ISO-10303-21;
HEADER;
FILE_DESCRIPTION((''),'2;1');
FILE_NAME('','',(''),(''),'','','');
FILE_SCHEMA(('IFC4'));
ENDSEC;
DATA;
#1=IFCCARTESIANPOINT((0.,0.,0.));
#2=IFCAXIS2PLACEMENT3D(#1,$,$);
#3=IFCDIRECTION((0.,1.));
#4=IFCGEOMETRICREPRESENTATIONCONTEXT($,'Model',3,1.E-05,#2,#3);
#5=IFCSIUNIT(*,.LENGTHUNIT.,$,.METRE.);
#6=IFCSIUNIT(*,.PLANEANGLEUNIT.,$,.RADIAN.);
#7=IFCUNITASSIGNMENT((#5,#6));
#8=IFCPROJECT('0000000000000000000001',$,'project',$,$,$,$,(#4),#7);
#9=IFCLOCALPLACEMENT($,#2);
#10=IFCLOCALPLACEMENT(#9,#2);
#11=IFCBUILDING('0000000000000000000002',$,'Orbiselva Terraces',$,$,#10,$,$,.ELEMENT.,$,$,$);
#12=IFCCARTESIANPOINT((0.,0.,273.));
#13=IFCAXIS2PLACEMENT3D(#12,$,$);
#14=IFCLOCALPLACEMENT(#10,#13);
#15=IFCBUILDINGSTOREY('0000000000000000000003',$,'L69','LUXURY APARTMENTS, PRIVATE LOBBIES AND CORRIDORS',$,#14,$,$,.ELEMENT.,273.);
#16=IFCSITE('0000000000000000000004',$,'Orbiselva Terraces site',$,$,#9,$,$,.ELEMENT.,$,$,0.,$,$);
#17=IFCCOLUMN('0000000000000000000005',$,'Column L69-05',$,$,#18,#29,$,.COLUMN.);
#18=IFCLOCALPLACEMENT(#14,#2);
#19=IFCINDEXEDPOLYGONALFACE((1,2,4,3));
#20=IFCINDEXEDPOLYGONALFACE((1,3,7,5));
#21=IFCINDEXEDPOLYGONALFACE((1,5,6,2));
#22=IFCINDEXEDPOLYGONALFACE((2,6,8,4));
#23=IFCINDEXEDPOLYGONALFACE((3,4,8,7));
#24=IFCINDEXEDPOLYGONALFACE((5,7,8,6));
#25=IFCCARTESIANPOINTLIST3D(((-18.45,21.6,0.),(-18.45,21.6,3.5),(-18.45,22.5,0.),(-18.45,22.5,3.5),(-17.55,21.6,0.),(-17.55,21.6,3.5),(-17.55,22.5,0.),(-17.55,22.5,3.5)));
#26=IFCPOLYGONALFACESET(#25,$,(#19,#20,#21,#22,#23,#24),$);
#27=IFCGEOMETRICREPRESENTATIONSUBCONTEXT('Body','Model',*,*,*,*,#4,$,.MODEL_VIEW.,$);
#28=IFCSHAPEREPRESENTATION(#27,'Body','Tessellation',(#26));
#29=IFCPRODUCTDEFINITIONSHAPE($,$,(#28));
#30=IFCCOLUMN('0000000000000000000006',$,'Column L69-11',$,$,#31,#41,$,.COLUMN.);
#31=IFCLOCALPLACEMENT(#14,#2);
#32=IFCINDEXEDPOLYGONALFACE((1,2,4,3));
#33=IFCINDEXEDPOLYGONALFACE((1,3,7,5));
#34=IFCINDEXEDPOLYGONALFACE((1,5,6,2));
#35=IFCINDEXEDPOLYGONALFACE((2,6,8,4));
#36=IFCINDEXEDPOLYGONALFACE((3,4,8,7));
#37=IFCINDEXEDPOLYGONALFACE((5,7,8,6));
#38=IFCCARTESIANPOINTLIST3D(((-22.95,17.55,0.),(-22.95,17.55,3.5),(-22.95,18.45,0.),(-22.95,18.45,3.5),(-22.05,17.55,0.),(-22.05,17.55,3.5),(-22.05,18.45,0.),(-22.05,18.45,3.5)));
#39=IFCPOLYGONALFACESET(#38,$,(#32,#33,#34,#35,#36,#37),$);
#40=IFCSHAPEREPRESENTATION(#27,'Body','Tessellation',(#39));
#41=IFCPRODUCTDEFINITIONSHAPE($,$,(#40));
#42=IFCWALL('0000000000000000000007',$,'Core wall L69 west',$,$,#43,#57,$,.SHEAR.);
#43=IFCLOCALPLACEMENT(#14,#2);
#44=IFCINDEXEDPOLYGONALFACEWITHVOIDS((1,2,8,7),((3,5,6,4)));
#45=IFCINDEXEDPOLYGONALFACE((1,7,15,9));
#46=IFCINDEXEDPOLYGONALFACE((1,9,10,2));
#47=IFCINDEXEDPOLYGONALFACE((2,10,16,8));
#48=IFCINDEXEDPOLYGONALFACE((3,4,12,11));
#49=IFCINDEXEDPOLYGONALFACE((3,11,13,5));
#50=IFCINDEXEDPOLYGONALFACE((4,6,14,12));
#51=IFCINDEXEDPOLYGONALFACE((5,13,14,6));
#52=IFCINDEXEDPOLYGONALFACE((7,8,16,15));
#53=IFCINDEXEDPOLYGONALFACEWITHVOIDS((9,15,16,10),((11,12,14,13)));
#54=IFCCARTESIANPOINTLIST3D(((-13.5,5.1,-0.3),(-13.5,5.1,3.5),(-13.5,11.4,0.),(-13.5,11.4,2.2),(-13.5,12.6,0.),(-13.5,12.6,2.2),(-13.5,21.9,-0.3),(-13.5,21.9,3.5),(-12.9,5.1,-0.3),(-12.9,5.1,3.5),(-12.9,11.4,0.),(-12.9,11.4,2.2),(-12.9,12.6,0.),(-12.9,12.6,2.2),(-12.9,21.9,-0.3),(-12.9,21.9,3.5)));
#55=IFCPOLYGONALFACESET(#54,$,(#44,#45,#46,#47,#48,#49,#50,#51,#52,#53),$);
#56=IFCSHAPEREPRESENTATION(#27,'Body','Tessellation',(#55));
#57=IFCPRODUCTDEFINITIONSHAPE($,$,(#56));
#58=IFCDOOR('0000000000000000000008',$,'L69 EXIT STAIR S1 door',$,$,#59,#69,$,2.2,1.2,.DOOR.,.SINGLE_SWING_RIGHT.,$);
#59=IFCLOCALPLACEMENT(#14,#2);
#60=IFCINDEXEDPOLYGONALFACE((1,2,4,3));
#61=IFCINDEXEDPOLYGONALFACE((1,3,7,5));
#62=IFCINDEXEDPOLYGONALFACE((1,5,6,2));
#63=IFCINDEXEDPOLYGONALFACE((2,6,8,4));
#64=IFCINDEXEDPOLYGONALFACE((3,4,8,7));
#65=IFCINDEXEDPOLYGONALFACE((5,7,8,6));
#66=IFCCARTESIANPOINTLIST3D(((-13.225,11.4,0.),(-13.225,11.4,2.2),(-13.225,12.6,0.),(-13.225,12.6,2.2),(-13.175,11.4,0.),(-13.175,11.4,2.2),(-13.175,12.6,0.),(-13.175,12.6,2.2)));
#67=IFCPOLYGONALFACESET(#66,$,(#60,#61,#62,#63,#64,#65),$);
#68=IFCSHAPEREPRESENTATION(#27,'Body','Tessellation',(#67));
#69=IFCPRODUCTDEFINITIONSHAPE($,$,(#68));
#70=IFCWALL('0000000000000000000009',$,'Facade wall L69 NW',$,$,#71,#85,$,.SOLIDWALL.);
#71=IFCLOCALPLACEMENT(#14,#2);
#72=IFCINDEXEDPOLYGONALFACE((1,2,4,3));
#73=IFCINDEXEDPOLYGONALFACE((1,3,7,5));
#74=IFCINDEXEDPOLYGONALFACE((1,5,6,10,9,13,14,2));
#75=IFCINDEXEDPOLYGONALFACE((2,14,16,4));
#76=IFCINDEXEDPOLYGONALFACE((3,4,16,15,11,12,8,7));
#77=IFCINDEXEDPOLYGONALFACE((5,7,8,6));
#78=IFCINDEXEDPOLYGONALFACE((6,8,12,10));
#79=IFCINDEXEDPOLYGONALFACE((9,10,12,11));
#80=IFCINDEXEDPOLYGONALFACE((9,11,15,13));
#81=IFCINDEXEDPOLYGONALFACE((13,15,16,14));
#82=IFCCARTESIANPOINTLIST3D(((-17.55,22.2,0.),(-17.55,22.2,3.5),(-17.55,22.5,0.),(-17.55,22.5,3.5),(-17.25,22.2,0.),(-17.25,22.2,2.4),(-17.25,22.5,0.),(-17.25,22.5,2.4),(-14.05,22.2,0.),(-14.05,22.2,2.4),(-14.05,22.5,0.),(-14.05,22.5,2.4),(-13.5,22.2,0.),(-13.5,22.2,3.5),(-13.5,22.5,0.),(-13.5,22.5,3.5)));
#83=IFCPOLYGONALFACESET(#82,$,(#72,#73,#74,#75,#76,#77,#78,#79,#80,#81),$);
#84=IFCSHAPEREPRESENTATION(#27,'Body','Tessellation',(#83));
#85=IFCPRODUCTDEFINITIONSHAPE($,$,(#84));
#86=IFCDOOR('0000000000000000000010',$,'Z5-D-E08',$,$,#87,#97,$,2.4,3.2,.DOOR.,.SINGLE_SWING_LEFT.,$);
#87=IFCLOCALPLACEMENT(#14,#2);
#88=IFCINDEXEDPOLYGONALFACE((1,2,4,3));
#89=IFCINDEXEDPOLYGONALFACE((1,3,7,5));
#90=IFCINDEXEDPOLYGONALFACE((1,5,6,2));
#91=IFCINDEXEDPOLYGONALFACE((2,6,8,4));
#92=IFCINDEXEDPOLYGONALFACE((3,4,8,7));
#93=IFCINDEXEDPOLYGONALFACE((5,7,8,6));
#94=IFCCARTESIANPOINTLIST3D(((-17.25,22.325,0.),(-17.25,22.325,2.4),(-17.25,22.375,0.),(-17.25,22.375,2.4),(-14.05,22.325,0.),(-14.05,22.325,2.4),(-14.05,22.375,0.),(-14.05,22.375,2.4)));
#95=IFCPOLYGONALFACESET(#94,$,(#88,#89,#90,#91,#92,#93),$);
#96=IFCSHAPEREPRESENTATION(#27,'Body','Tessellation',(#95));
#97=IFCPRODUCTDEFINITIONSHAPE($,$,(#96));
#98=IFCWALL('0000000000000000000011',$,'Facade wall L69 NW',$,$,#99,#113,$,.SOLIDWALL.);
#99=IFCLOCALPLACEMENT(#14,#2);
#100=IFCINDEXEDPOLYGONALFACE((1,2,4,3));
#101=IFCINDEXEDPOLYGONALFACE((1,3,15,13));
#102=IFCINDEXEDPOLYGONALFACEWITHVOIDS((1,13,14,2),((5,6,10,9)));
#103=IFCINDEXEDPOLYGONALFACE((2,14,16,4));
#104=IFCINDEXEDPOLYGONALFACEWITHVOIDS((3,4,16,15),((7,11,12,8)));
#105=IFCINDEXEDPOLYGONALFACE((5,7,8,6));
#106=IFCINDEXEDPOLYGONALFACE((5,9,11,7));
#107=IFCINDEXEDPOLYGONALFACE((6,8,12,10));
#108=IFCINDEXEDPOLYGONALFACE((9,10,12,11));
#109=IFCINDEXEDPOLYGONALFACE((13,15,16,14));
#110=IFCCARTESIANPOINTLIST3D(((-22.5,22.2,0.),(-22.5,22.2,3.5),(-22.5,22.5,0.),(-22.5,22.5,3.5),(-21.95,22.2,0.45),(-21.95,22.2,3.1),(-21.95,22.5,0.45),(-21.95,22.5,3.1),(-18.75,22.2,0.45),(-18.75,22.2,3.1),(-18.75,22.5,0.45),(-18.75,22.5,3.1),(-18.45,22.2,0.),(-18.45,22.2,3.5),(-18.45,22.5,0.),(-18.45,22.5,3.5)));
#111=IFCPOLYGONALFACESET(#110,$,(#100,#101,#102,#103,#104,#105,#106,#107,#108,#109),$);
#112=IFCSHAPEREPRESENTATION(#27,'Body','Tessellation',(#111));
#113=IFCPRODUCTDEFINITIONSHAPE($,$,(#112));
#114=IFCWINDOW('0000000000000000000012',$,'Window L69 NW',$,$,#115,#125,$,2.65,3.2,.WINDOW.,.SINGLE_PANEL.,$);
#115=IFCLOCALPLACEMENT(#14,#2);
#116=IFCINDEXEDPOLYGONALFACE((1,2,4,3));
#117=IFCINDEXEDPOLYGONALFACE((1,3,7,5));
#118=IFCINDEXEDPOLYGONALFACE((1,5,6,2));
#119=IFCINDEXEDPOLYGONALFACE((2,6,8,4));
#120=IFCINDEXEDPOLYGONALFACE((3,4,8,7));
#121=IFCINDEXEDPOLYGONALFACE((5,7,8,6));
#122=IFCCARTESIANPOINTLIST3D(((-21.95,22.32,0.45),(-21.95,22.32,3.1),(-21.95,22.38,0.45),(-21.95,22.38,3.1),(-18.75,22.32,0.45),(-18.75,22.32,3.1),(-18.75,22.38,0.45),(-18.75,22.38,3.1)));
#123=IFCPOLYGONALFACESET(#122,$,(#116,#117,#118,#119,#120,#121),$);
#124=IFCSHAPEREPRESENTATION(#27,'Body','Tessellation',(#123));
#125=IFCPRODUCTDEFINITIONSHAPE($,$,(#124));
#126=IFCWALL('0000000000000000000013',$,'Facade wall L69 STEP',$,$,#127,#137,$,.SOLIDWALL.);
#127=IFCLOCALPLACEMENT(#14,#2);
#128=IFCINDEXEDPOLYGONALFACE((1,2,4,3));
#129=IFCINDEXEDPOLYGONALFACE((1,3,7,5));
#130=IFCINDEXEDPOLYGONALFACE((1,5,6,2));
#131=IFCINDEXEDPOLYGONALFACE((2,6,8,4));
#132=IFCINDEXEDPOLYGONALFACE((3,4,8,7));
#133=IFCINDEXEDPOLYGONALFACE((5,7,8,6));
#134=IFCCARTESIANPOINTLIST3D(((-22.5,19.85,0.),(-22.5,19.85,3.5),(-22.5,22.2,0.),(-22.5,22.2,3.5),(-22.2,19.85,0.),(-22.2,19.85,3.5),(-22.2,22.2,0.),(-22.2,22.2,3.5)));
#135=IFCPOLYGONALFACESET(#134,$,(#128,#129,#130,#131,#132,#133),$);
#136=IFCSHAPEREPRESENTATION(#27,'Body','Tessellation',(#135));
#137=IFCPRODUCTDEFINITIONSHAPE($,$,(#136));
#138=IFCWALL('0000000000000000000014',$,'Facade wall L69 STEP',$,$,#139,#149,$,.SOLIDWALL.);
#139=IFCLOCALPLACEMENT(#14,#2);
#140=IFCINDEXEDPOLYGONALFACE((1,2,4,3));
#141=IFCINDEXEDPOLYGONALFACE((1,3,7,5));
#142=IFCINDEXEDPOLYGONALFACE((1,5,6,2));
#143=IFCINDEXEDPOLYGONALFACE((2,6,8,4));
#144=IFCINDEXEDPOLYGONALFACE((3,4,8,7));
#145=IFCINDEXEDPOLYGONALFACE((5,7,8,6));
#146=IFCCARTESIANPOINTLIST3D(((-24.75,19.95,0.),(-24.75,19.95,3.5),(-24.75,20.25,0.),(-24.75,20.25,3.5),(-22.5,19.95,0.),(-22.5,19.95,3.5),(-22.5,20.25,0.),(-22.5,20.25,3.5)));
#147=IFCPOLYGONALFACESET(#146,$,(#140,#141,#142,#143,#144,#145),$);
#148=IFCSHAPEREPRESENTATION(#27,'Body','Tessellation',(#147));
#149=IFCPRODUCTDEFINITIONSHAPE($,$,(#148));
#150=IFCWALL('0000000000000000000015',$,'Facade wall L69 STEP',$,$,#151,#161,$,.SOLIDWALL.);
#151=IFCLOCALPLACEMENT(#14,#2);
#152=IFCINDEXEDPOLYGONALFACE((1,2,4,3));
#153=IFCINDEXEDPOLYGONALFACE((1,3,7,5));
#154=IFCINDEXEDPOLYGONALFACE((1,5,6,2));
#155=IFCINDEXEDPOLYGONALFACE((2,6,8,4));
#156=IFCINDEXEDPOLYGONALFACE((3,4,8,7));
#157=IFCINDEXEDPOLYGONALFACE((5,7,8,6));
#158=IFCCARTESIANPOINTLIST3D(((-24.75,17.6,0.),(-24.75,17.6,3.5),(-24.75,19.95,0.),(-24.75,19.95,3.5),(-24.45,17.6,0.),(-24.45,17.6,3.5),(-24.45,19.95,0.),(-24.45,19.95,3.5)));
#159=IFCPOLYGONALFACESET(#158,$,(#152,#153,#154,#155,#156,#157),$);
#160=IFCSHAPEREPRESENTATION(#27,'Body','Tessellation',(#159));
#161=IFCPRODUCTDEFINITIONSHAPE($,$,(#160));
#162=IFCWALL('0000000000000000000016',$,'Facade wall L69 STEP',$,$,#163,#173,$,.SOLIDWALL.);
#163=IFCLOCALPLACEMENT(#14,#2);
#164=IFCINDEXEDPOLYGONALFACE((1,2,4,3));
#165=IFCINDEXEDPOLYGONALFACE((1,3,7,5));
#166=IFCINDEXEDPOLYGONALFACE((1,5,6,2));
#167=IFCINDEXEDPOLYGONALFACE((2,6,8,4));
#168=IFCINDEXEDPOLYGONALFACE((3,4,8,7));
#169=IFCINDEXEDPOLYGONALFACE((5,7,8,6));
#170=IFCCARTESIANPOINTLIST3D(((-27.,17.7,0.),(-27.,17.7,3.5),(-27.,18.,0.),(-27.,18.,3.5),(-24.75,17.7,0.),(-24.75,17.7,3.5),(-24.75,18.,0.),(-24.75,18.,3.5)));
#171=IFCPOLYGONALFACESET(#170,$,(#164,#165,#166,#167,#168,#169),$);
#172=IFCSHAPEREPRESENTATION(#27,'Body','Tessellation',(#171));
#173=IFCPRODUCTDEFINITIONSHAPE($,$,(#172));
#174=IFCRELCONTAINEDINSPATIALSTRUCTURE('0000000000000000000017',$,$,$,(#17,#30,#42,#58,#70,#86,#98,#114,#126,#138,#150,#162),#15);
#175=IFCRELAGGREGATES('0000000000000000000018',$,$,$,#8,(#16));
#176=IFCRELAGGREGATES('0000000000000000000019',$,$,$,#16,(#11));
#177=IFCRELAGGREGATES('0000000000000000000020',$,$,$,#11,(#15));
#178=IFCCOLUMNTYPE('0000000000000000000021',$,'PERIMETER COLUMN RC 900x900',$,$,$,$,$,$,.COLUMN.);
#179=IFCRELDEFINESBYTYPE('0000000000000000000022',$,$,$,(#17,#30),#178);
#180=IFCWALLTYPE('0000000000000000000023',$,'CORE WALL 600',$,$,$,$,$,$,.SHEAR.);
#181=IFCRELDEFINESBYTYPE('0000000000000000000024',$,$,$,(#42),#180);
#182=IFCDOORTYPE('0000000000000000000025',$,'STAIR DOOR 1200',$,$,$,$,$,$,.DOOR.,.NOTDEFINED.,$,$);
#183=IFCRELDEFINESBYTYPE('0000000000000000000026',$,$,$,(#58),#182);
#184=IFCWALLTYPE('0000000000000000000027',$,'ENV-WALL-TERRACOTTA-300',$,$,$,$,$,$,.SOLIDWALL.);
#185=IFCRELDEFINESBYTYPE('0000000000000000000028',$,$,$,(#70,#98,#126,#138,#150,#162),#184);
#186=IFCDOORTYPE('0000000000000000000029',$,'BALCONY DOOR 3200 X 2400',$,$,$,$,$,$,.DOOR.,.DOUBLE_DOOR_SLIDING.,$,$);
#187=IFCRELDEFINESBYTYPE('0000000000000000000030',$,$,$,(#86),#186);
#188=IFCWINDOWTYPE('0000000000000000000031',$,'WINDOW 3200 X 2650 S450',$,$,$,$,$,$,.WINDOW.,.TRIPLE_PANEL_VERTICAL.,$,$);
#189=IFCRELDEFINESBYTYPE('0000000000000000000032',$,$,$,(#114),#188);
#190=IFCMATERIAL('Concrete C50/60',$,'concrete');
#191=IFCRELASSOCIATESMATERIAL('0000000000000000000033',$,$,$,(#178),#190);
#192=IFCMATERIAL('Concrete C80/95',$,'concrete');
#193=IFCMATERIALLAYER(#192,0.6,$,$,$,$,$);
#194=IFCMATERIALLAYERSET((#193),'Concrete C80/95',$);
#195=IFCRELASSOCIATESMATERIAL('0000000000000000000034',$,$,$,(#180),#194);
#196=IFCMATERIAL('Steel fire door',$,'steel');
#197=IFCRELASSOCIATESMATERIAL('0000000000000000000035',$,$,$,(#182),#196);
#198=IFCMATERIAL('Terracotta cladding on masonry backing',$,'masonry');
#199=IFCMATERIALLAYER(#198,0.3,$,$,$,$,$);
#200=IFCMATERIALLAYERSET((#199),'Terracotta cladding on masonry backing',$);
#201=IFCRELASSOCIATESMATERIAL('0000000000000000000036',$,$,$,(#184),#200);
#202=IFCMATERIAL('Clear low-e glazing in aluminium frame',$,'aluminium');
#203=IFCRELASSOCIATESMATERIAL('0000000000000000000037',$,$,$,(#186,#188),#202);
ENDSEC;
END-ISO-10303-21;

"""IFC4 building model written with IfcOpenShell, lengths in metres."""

from ifc_helpers import new_model, si_unit, direction, frame, frame_2d, origin, origin_2d, place, context, subcontext, project, spatial, rectangle, extrude, material, layer, layer_set, material_profile, profile_set, type_object, element, fill, save


model = new_model("IFC4")

# Units and contexts
model_context = context("Model", 3, precision=1e-05, world=origin(), true_north=direction((0.0, 1.0)))
body_context = subcontext(model_context, "Body", "Model", "MODEL_VIEW")
ifc_project = project(units=[si_unit("LENGTHUNIT", "METRE"), si_unit("PLANEANGLEUNIT", "RADIAN")], contexts=[model_context])

# Site, building, storey
site_placement = place(None, origin())
site = spatial("IfcSite", under=ifc_project, at=site_placement, Name="Orbiselva Terraces site", CompositionType="ELEMENT", RefElevation=0.0)
building_placement = place(site_placement, origin())
building = spatial("IfcBuilding", under=site, at=building_placement, Name="Orbiselva Terraces", CompositionType="ELEMENT")
storey_placement = place(building_placement, frame((0.0, 0.0, 273.0)))
storey = spatial("IfcBuildingStorey", under=building, at=storey_placement, Name="L69", Description="LUXURY APARTMENTS, PRIVATE LOBBIES AND CORRIDORS", CompositionType="ELEMENT", Elevation=273.0)

# Columns
ifc_material_1 = material(Name="Concrete C50/60", Category="concrete")
ifc_material_profile = material_profile(ifc_material_1, rectangle(XDim=0.9, YDim=0.9, at=origin_2d()), Name="RC 900x900")
ifc_profile_set = profile_set([ifc_material_profile], Name="Concrete C50/60")
column_type = type_object("IfcColumnType", Name="PERIMETER COLUMN RC 900x900", PredefinedType="COLUMN", material=ifc_profile_set)
for number, where, z_axis, x_axis, name in (
    (1, (-18.0, 22.05, 0.0), (0.0, 0.0, 1.0), (1.0, 0.0, 0.0), "Column L69-05"),
    (2, (-22.5, 18.0, 0.0), (0.0, 0.0, 1.0), (1.0, 0.0, 0.0), "Column L69-11"),
):
    element("IfcColumn", number, at=place(storey_placement, frame(where, z_axis=z_axis, x_axis=x_axis)), inside=storey, type_object=column_type, Name=name, PredefinedType="COLUMN", context=body_context, shape_type="SweptSolid", body=[
        extrude(rectangle(XDim=0.9, YDim=0.9, at=origin_2d()), origin(), (0.0, 0.0, 1.0), 3.5),
    ])

# Walls, openings, doors
ifc_material_2 = material(Name="Concrete C80/95", Category="concrete")
ifc_layer_1 = layer(ifc_material_2, 0.6)
ifc_layer_set_1 = layer_set([ifc_layer_1], Name="Concrete C80/95")
wall_type_1 = type_object("IfcWallType", Name="CORE WALL 600", PredefinedType="SHEAR", material=ifc_layer_set_1)
wall_1_placement = place(storey_placement, frame((-13.2, 21.9, -0.3), z_axis=(0.0, 0.0, 1.0), x_axis=(0.0, -1.0, 0.0)))
wall_1 = element("IfcWall", 3, at=wall_1_placement, inside=storey, type_object=wall_type_1, Name="Core wall L69 west", PredefinedType="SHEAR", context=body_context, shape_type="SweptSolid", body=[
    extrude(rectangle(XDim=16.8, YDim=0.6, at=frame_2d((8.4, 0.0))), origin(), (0.0, 0.0, 1.0), 3.8),
])
opening_1_placement = place(wall_1_placement, frame((9.3, 0.0, 0.3)))
opening_1 = element("IfcOpeningElement", 4, at=opening_1_placement, cuts=wall_1, PredefinedType="OPENING", context=body_context, shape_type="SweptSolid", body=[
    extrude(rectangle(XDim=1.2, YDim=2.2, at=frame_2d((0.6, 1.1))), frame((0.0, 0.31, 0.0), z_axis=(0.0, -1.0, 0.0), x_axis=(1.0, 0.0, 0.0)), (0.0, 0.0, 1.0), 0.62),
])
ifc_material_3 = material(Name="Steel fire door", Category="steel")
door_type_1 = type_object("IfcDoorType", Name="STAIR DOOR 1200", OperationType="NOTDEFINED", PredefinedType="DOOR", material=ifc_material_3)
door_1_placement = place(opening_1_placement, frame((1.2, 0.0, 0.0), z_axis=(0.0, 0.0, 1.0), x_axis=(-1.0, 0.0, 0.0)))
door_1 = element("IfcDoor", 5, at=door_1_placement, inside=storey, type_object=door_type_1, Name="L69 EXIT STAIR S1 door", OperationType="SINGLE_SWING_RIGHT", OverallHeight=2.2, OverallWidth=1.2, PredefinedType="DOOR", context=body_context, shape_type="SweptSolid", body=[
    extrude(rectangle(XDim=1.2, YDim=2.2, at=frame_2d((0.6, 1.1))), frame((0.0, 0.025, 0.0), z_axis=(0.0, -1.0, 0.0), x_axis=(1.0, 0.0, 0.0)), (0.0, 0.0, 1.0), 0.05),
])
fill(opening_1, door_1)
ifc_material_4 = material(Name="Terracotta cladding on masonry backing", Category="masonry")
ifc_layer_2 = layer(ifc_material_4, 0.3)
ifc_layer_set_2 = layer_set([ifc_layer_2], Name="Terracotta cladding on masonry backing")
wall_type_2 = type_object("IfcWallType", Name="ENV-WALL-TERRACOTTA-300", PredefinedType="SOLIDWALL", material=ifc_layer_set_2)
wall_2_placement = place(storey_placement, frame((-17.55, 22.35, 0.0), z_axis=(0.0, 0.0, 1.0), x_axis=(1.0, 0.0, 0.0)))
wall_2 = element("IfcWall", 6, at=wall_2_placement, inside=storey, type_object=wall_type_2, Name="Facade wall L69 NW", PredefinedType="SOLIDWALL", context=body_context, shape_type="SweptSolid", body=[
    extrude(rectangle(XDim=4.05, YDim=0.3, at=frame_2d((2.025, 0.0))), origin(), (0.0, 0.0, 1.0), 3.5),
])
opening_2_placement = place(wall_2_placement, frame((0.3, 0.0, 0.0)))
opening_2 = element("IfcOpeningElement", 7, at=opening_2_placement, cuts=wall_2, PredefinedType="OPENING", context=body_context, shape_type="SweptSolid", body=[
    extrude(rectangle(XDim=3.2, YDim=2.4, at=frame_2d((1.6, 1.2))), frame((0.0, 0.16, 0.0), z_axis=(0.0, -1.0, 0.0), x_axis=(1.0, 0.0, 0.0)), (0.0, 0.0, 1.0), 0.32),
])
ifc_material_5 = material(Name="Clear low-e glazing in aluminium frame", Category="aluminium")
door_type_2 = type_object("IfcDoorType", Name="BALCONY DOOR 3200 X 2400", OperationType="DOUBLE_DOOR_SLIDING", PredefinedType="DOOR", material=ifc_material_5)
door_2_placement = place(opening_2_placement, origin())
door_2 = element("IfcDoor", 8, at=door_2_placement, inside=storey, type_object=door_type_2, Name="Z5-D-E08", OperationType="SINGLE_SWING_LEFT", OverallHeight=2.4, OverallWidth=3.2, PredefinedType="DOOR", context=body_context, shape_type="SweptSolid", body=[
    extrude(rectangle(XDim=3.2, YDim=2.4, at=frame_2d((1.6, 1.2))), frame((0.0, 0.025, 0.0), z_axis=(0.0, -1.0, 0.0), x_axis=(1.0, 0.0, 0.0)), (0.0, 0.0, 1.0), 0.05),
])
fill(opening_2, door_2)

# Wall, opening, window
wall_3_placement = place(storey_placement, frame((-22.5, 22.35, 0.0), z_axis=(0.0, 0.0, 1.0), x_axis=(1.0, 0.0, 0.0)))
wall_3 = element("IfcWall", 9, at=wall_3_placement, inside=storey, type_object=wall_type_2, Name="Facade wall L69 NW", PredefinedType="SOLIDWALL", context=body_context, shape_type="SweptSolid", body=[
    extrude(rectangle(XDim=4.05, YDim=0.3, at=frame_2d((2.025, 0.0))), origin(), (0.0, 0.0, 1.0), 3.5),
])
opening_3_placement = place(wall_3_placement, frame((0.55, 0.0, 0.45)))
opening_3 = element("IfcOpeningElement", 10, at=opening_3_placement, cuts=wall_3, PredefinedType="OPENING", context=body_context, shape_type="SweptSolid", body=[
    extrude(rectangle(XDim=3.2, YDim=2.65, at=frame_2d((1.6, 1.325))), frame((0.0, 0.16, 0.0), z_axis=(0.0, -1.0, 0.0), x_axis=(1.0, 0.0, 0.0)), (0.0, 0.0, 1.0), 0.32),
])
window_type = type_object("IfcWindowType", Name="WINDOW 3200 X 2650 S450", PartitioningType="TRIPLE_PANEL_VERTICAL", PredefinedType="WINDOW", material=ifc_material_5)
window_placement = place(opening_3_placement, origin())
window = element("IfcWindow", 11, at=window_placement, inside=storey, type_object=window_type, Name="Window L69 NW", OverallHeight=2.65, OverallWidth=3.2, PartitioningType="SINGLE_PANEL", PredefinedType="WINDOW", context=body_context, shape_type="SweptSolid", body=[
    extrude(rectangle(XDim=3.2, YDim=2.65, at=frame_2d((1.6, 1.325))), frame((0.0, 0.03, 0.0), z_axis=(0.0, -1.0, 0.0), x_axis=(1.0, 0.0, 0.0)), (0.0, 0.0, 1.0), 0.06),
])
fill(opening_3, window)

# Walls
wall_4_placement = place(storey_placement, frame((-22.35, 19.85, 0.0), z_axis=(0.0, 0.0, 1.0), x_axis=(0.0, 1.0, 0.0)))
element("IfcWall", 12, at=wall_4_placement, inside=storey, type_object=wall_type_2, Name="Facade wall L69 STEP", PredefinedType="SOLIDWALL", context=body_context, shape_type="SweptSolid", body=[
    extrude(rectangle(XDim=2.35, YDim=0.3, at=frame_2d((1.175, 0.0))), origin(), (0.0, 0.0, 1.0), 3.5),
])
wall_5_placement = place(storey_placement, frame((-24.75, 20.1, 0.0), z_axis=(0.0, 0.0, 1.0), x_axis=(1.0, 0.0, 0.0)))
element("IfcWall", 13, at=wall_5_placement, inside=storey, type_object=wall_type_2, Name="Facade wall L69 STEP", PredefinedType="SOLIDWALL", context=body_context, shape_type="SweptSolid", body=[
    extrude(rectangle(XDim=2.25, YDim=0.3, at=frame_2d((1.125, 0.0))), origin(), (0.0, 0.0, 1.0), 3.5),
])
wall_6_placement = place(storey_placement, frame((-24.6, 17.6, 0.0), z_axis=(0.0, 0.0, 1.0), x_axis=(0.0, 1.0, 0.0)))
element("IfcWall", 14, at=wall_6_placement, inside=storey, type_object=wall_type_2, Name="Facade wall L69 STEP", PredefinedType="SOLIDWALL", context=body_context, shape_type="SweptSolid", body=[
    extrude(rectangle(XDim=2.35, YDim=0.3, at=frame_2d((1.175, 0.0))), origin(), (0.0, 0.0, 1.0), 3.5),
])
wall_7_placement = place(storey_placement, frame((-27.0, 17.85, 0.0), z_axis=(0.0, 0.0, 1.0), x_axis=(1.0, 0.0, 0.0)))
element("IfcWall", 15, at=wall_7_placement, inside=storey, type_object=wall_type_2, Name="Facade wall L69 STEP", PredefinedType="SOLIDWALL", context=body_context, shape_type="SweptSolid", body=[
    extrude(rectangle(XDim=2.25, YDim=0.3, at=frame_2d((1.125, 0.0))), origin(), (0.0, 0.0, 1.0), 3.5),
])

save(model, "model.ifc")
